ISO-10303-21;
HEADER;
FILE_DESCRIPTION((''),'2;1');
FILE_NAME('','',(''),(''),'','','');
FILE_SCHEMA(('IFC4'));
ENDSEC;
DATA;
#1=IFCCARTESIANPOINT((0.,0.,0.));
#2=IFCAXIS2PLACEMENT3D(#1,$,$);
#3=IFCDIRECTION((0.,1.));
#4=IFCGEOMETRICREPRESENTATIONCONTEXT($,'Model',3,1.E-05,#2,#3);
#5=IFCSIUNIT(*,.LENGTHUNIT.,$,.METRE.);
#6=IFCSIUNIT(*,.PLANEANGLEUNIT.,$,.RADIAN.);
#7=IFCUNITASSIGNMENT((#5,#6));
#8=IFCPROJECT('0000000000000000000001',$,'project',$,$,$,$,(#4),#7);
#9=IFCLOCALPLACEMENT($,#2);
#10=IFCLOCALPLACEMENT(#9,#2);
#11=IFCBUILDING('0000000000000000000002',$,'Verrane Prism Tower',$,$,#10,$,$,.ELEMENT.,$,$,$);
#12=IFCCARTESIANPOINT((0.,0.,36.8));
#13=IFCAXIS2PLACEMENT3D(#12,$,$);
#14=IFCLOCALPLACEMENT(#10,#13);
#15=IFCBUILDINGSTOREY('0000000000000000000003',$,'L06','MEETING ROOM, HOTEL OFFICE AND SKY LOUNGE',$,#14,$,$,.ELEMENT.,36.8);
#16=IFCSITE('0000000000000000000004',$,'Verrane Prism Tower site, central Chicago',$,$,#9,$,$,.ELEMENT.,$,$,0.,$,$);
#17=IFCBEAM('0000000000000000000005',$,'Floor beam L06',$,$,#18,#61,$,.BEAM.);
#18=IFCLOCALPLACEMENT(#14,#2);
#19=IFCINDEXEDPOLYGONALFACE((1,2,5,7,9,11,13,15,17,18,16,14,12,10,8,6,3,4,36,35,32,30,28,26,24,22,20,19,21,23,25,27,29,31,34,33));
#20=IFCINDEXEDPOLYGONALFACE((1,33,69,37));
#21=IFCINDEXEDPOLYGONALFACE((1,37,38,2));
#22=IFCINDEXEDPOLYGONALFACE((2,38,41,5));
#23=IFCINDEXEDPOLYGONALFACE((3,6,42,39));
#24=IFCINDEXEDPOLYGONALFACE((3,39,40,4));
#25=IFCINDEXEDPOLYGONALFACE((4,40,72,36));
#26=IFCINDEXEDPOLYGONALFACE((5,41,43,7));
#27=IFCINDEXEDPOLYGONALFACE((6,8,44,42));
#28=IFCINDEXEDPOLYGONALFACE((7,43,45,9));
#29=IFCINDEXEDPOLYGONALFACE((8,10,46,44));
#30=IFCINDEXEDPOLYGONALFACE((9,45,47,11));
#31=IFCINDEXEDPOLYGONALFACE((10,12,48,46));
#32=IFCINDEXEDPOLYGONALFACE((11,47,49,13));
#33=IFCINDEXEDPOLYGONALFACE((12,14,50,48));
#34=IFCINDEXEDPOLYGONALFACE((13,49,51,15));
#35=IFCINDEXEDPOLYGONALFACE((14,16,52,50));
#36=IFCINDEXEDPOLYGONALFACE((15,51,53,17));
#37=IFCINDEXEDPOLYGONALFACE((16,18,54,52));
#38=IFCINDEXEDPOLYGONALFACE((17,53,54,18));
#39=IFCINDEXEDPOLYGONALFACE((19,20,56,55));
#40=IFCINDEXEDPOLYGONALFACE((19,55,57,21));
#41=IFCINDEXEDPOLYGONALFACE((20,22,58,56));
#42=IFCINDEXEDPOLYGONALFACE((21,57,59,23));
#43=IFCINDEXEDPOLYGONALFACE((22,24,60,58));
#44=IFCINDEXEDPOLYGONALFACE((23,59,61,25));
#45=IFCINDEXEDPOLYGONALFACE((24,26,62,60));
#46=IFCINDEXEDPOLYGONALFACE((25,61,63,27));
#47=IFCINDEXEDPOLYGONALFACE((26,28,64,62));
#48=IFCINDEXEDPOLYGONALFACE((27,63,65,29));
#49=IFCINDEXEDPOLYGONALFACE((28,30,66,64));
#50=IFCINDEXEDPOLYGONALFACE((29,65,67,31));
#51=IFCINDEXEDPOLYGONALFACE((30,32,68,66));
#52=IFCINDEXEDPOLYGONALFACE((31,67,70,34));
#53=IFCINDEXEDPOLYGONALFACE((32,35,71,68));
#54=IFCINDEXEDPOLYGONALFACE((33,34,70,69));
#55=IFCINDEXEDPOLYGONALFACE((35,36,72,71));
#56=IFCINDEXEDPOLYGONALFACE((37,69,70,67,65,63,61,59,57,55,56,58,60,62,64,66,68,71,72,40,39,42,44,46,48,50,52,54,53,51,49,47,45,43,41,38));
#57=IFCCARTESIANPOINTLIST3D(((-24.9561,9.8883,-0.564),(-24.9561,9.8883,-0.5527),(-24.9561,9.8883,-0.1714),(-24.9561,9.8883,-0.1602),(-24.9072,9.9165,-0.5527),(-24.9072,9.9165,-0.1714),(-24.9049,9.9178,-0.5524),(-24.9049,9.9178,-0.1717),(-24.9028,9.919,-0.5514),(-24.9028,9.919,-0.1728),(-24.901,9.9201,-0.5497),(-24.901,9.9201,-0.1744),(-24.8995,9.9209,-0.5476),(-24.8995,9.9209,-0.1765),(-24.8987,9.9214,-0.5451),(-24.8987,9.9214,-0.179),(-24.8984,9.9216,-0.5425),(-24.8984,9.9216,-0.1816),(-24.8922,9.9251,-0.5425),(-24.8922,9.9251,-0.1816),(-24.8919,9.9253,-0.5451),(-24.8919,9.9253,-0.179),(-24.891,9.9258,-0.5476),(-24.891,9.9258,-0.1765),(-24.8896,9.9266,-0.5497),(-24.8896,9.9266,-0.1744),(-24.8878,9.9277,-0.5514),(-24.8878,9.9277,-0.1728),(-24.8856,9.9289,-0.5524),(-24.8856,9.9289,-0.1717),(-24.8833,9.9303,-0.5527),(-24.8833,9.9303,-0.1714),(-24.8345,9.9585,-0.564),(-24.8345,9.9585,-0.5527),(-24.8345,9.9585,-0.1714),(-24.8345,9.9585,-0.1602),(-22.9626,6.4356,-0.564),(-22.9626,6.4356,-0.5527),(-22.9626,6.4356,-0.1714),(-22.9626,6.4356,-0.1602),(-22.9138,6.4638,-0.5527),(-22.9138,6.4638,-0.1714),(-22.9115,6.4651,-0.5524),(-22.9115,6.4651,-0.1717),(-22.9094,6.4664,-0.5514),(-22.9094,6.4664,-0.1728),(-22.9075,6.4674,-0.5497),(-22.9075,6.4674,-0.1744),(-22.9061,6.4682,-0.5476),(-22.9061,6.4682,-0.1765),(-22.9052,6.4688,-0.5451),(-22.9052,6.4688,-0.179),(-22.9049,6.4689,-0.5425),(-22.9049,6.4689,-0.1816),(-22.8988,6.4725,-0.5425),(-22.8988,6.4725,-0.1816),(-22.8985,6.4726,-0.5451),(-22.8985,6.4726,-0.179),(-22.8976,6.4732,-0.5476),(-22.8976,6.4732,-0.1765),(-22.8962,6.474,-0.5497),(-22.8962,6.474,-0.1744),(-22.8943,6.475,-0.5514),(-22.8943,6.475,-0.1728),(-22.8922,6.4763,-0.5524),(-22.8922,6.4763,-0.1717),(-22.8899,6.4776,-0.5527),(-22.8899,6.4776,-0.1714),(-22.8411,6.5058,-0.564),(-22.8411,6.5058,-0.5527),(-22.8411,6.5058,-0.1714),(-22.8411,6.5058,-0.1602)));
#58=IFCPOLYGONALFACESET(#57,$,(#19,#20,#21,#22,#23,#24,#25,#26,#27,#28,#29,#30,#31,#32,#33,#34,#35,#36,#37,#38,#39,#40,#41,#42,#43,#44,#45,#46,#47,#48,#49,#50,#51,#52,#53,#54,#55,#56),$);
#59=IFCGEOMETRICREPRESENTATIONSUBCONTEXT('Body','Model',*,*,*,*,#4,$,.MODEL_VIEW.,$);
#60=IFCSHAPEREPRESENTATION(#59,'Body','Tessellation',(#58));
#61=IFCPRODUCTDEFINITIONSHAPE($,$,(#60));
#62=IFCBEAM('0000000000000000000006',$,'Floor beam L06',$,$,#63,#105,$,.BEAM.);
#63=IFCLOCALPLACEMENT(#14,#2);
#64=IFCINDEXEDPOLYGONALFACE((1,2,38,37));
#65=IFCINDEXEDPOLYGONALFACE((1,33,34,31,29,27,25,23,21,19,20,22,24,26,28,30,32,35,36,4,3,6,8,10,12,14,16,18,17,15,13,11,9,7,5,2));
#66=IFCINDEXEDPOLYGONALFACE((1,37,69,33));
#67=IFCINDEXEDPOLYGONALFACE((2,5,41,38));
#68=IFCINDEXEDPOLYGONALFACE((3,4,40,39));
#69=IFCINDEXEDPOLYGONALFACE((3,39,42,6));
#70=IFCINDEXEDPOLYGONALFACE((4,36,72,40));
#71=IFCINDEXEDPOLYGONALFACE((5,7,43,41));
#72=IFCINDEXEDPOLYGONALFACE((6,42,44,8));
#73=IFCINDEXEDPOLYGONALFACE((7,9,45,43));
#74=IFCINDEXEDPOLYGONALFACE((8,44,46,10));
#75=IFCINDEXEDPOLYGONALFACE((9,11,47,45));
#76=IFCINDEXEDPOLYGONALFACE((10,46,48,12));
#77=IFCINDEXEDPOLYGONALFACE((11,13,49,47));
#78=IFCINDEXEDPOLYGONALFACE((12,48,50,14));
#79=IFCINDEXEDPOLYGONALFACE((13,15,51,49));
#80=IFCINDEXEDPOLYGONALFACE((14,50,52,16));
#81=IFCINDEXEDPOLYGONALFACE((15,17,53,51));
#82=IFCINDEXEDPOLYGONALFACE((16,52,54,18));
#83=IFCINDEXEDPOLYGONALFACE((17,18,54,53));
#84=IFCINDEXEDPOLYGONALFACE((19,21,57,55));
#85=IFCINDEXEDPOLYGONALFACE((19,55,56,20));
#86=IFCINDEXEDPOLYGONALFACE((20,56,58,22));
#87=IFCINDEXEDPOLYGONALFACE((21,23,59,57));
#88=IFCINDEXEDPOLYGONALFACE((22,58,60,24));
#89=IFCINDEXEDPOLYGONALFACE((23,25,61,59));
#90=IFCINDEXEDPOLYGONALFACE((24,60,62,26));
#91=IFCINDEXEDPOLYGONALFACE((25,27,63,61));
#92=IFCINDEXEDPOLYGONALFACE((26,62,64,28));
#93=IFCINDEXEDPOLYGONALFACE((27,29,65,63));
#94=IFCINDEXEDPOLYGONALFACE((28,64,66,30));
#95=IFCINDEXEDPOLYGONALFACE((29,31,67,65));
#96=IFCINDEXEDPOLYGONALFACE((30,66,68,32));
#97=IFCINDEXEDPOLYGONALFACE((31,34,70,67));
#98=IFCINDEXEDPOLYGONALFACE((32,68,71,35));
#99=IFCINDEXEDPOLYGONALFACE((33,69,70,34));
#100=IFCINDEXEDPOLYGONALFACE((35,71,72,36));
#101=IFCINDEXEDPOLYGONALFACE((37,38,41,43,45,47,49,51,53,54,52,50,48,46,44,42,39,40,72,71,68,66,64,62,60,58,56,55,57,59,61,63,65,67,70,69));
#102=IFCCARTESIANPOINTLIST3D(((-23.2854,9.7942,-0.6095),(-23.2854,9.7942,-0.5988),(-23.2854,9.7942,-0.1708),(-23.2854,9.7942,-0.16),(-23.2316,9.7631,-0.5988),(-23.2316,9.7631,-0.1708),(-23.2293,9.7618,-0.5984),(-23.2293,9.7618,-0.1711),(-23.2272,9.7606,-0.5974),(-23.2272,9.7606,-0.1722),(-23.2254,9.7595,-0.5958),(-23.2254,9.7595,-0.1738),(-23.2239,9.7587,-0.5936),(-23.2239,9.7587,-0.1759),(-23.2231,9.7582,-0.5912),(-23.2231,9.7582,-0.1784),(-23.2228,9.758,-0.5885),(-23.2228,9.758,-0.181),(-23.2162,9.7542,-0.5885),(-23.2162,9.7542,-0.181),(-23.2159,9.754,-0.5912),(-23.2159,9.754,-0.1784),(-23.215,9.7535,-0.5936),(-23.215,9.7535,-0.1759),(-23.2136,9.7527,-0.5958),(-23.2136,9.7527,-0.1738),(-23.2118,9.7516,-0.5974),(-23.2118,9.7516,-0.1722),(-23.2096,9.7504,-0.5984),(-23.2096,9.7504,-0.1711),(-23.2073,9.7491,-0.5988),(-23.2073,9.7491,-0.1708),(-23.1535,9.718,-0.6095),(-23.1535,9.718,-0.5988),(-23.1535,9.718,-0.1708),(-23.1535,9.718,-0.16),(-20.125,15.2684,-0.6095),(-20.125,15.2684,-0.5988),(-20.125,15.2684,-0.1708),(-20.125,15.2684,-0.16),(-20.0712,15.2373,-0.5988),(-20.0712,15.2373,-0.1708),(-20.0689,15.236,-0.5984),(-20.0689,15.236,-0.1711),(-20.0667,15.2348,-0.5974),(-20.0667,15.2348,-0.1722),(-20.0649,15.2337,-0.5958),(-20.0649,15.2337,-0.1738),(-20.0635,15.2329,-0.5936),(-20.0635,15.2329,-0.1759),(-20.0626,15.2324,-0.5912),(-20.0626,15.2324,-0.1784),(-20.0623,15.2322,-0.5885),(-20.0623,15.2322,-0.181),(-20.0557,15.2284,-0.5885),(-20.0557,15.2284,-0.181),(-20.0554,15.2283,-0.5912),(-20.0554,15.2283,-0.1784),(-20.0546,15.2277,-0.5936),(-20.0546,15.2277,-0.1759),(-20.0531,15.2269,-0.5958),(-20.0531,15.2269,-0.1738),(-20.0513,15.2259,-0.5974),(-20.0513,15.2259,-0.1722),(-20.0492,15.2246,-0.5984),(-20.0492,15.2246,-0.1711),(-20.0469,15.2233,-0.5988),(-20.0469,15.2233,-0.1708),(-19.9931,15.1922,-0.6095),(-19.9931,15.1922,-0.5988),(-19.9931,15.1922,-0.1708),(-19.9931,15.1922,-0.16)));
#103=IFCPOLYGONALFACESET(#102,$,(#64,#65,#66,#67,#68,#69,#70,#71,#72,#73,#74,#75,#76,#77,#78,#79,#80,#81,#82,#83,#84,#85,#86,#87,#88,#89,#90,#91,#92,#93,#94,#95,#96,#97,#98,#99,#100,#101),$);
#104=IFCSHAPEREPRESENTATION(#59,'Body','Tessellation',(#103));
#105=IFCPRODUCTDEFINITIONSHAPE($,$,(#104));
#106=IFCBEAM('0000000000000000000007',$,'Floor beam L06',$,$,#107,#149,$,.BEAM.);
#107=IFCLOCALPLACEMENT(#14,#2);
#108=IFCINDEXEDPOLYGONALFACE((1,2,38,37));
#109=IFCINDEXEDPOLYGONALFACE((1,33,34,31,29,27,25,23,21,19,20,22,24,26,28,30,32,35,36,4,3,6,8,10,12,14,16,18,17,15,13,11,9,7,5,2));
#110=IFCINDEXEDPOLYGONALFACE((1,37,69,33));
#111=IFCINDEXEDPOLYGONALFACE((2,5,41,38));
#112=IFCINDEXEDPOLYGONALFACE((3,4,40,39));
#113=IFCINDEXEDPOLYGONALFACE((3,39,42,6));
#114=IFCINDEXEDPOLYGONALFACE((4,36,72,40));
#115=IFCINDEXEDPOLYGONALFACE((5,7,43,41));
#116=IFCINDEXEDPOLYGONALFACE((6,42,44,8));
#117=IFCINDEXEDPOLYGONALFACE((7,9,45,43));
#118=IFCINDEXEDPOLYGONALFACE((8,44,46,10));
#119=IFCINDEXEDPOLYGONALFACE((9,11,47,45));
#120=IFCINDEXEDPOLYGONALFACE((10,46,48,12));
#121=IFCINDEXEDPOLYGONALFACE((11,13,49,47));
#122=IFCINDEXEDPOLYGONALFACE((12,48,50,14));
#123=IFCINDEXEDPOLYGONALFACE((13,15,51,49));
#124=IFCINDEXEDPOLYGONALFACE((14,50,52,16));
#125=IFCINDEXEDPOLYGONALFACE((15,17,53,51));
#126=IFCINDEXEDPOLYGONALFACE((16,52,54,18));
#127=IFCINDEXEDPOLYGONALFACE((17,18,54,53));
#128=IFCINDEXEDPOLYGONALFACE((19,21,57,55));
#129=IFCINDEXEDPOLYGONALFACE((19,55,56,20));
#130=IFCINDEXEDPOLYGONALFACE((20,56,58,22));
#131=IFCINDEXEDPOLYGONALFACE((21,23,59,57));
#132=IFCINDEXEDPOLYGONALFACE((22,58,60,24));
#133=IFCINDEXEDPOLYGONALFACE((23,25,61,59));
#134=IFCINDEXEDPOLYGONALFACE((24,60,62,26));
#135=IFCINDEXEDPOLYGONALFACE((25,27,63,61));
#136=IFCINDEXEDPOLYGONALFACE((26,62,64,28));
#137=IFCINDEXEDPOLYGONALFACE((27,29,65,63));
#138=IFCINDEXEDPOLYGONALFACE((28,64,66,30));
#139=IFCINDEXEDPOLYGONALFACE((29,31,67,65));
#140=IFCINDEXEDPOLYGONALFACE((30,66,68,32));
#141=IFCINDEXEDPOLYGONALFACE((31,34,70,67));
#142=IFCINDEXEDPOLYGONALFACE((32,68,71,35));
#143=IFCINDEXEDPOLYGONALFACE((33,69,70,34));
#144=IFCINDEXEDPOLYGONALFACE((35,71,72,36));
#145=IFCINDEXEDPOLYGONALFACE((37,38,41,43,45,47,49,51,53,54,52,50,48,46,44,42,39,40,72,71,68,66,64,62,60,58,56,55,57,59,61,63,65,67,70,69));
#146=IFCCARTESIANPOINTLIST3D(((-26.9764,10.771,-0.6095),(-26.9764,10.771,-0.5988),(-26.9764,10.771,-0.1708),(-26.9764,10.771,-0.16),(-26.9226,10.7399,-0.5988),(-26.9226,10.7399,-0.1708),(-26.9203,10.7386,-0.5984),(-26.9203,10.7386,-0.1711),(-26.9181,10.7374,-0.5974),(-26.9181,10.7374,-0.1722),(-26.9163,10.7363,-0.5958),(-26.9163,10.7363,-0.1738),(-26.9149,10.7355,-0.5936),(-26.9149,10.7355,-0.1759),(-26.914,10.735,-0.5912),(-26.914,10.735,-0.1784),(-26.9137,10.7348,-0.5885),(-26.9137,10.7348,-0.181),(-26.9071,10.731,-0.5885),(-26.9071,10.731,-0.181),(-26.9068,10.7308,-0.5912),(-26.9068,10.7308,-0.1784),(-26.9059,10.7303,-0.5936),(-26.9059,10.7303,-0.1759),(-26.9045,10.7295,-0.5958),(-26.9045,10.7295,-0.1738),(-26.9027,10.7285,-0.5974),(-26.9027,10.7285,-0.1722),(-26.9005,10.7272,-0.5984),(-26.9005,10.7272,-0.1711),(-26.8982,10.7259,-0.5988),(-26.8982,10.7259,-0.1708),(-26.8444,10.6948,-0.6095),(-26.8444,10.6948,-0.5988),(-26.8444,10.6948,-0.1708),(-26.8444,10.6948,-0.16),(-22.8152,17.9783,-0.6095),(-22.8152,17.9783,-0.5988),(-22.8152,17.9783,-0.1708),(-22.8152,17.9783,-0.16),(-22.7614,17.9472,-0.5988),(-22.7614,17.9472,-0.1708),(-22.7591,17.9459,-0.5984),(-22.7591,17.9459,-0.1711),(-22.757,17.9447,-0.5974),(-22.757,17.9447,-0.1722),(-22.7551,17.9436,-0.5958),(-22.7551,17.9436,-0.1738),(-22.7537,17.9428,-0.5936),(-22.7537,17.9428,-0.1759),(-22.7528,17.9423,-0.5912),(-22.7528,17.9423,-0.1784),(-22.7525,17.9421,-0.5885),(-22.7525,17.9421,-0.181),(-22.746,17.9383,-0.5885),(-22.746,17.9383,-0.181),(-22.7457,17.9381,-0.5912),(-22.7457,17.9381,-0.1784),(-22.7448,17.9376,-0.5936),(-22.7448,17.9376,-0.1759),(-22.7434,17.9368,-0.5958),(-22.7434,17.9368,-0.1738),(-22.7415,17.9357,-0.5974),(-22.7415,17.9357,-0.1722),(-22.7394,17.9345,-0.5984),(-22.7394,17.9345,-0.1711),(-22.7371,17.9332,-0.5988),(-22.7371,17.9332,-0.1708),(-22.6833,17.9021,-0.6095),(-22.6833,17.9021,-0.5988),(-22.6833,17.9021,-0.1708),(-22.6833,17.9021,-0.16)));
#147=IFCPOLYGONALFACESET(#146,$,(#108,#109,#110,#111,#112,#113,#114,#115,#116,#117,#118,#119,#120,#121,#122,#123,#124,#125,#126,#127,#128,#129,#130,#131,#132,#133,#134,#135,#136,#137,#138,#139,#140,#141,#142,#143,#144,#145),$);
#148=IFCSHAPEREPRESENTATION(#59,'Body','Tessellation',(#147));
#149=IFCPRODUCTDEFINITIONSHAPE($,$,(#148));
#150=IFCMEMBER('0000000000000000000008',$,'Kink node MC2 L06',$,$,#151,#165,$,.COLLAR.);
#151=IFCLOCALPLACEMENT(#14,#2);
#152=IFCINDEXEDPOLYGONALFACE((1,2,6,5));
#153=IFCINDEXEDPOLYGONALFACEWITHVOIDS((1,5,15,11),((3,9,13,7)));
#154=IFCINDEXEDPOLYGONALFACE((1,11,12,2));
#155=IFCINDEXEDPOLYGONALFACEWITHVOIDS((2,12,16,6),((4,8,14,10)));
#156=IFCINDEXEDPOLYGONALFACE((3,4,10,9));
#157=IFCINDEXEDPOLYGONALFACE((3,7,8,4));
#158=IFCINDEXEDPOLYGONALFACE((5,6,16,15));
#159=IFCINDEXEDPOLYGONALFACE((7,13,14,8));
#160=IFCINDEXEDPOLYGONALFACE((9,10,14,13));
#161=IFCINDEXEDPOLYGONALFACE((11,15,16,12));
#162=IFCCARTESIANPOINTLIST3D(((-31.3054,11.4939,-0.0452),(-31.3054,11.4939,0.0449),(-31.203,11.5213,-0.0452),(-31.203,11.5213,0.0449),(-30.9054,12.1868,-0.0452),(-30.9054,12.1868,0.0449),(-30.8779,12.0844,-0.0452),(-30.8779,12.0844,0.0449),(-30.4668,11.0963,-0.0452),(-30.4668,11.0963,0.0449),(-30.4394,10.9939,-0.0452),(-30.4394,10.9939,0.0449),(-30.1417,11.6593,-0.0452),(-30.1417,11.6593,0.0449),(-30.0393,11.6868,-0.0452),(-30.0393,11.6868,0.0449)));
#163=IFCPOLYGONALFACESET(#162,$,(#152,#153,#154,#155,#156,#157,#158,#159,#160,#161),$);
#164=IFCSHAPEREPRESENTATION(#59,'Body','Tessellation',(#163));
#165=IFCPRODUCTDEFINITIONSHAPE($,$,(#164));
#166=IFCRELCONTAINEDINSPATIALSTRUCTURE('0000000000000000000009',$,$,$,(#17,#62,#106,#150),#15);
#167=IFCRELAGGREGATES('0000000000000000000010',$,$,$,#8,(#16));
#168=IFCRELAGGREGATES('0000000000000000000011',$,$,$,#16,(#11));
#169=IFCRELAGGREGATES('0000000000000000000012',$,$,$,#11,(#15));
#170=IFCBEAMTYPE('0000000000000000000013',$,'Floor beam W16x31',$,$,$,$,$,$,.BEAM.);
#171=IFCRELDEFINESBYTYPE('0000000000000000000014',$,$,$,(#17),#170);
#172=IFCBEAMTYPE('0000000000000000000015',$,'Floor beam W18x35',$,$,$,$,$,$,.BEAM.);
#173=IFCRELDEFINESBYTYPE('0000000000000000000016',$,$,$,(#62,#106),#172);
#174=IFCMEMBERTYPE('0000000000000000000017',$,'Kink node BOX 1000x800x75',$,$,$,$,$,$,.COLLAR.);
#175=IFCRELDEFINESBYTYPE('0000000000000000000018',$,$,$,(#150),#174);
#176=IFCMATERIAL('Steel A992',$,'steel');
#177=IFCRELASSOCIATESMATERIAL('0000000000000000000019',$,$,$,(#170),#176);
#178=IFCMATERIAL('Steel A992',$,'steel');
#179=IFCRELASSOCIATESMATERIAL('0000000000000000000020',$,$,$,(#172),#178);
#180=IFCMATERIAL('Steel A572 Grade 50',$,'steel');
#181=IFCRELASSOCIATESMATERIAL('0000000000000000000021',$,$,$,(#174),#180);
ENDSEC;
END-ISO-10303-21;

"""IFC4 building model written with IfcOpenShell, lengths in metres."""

from ifc_helpers import new_model, si_unit, direction, frame, origin, origin_2d, place, context, subcontext, project, spatial, hollow_rectangle, i_section, extrude, material, material_profile, profile_set, type_object, element, save


model = new_model("IFC4")

# Units and contexts
model_context = context("Model", 3, precision=1e-05, world=origin(), true_north=direction((0.0, 1.0)))
body_context = subcontext(model_context, "Body", "Model", "MODEL_VIEW")
ifc_project = project(units=[si_unit("LENGTHUNIT", "METRE"), si_unit("PLANEANGLEUNIT", "RADIAN")], contexts=[model_context])

# Site, building, storey
site_placement = place(None, origin())
site = spatial("IfcSite", under=ifc_project, at=site_placement, Name="Verrane Prism Tower site, central Chicago", CompositionType="ELEMENT", RefElevation=0.0)
building_placement = place(site_placement, origin())
building = spatial("IfcBuilding", under=site, at=building_placement, Name="Verrane Prism Tower", CompositionType="ELEMENT")
storey_placement = place(building_placement, frame((0.0, 0.0, 36.8)))
storey = spatial("IfcBuildingStorey", under=building, at=storey_placement, Name="L06", Description="MEETING ROOM, HOTEL OFFICE AND SKY LOUNGE", CompositionType="ELEMENT", Elevation=36.8)

# Beams
ifc_material_1 = material(Name="Steel A992", Category="steel")
ifc_material_profile_1 = material_profile(ifc_material_1, i_section(OverallWidth=0.1404, OverallDepth=0.4038, WebThickness=0.0071, FlangeThickness=0.0112, FilletRadius=0.0103, at=origin_2d()), Name="W16x31")
ifc_profile_set_1 = profile_set([ifc_material_profile_1], Name="Steel A992")
beam_type_1 = type_object("IfcBeamType", Name="Floor beam W16x31", PredefinedType="BEAM", material=ifc_profile_set_1)
beam_1_placement = place(storey_placement, frame((-22.9019, 6.4707, -0.3621), z_axis=(-0.500005, 0.866022, 0.0), x_axis=(-0.866022, -0.500005, 0.0)))
element("IfcBeam", 1, at=beam_1_placement, inside=storey, type_object=beam_type_1, Name="Floor beam L06", PredefinedType="BEAM", context=body_context, shape_type="SweptSolid", body=[
    extrude(i_section(OverallWidth=0.1404, OverallDepth=0.4038, WebThickness=0.0071, FlangeThickness=0.0112, FilletRadius=0.0103, at=origin_2d()), origin(), (0.0, 0.0, 1.0), 3.9868),
])
ifc_material_2 = material(Name="Steel A992", Category="steel")
ifc_material_profile_2 = material_profile(ifc_material_2, i_section(OverallWidth=0.1523, OverallDepth=0.4495, WebThickness=0.0076, FlangeThickness=0.0107, FilletRadius=0.0103, at=origin_2d()), Name="W18x35")
ifc_profile_set_2 = profile_set([ifc_material_profile_2], Name="Steel A992")
beam_type_2 = type_object("IfcBeamType", Name="Floor beam W18x35", PredefinedType="BEAM", material=ifc_profile_set_2)
beam_2_placement = place(storey_placement, frame((-23.2195, 9.7561, -0.3848), z_axis=(0.49999, 0.866031, 0.0), x_axis=(-0.866031, 0.49999, 0.0)))
element("IfcBeam", 2, at=beam_2_placement, inside=storey, type_object=beam_type_2, Name="Floor beam L06", PredefinedType="BEAM", context=body_context, shape_type="SweptSolid", body=[
    extrude(i_section(OverallWidth=0.1523, OverallDepth=0.4495, WebThickness=0.0076, FlangeThickness=0.0107, FilletRadius=0.0103, at=origin_2d()), origin(), (0.0, 0.0, 1.0), 6.321),
])
beam_3_placement = place(storey_placement, frame((-26.9104, 10.7329, -0.3848), z_axis=(0.500001, 0.866025, 0.0), x_axis=(-0.866025, 0.500001, 0.0)))
element("IfcBeam", 3, at=beam_3_placement, inside=storey, type_object=beam_type_2, Name="Floor beam L06", PredefinedType="BEAM", context=body_context, shape_type="SweptSolid", body=[
    extrude(i_section(OverallWidth=0.1523, OverallDepth=0.4495, WebThickness=0.0076, FlangeThickness=0.0107, FilletRadius=0.0103, at=origin_2d()), origin(), (0.0, 0.0, 1.0), 8.3223),
])

# Member
ifc_material_3 = material(Name="Steel A572 Grade 50", Category="steel")
ifc_material_profile_3 = material_profile(ifc_material_3, hollow_rectangle(XDim=0.8, YDim=1.0, WallThickness=0.075, at=origin_2d()), Name="BOX 1000x800x75")
ifc_profile_set_3 = profile_set([ifc_material_profile_3], Name="Steel A572 Grade 50")
member_type_1 = type_object("IfcMemberType", Name="Kink node BOX 1000x800x75", PredefinedType="COLLAR", material=ifc_profile_set_3)
member_1_placement = place(storey_placement, frame((-30.6724, 11.5903, -0.0452), z_axis=(0.0, 0.0, 1.0), x_axis=(0.5, 0.866025, 0.0)))
element("IfcMember", 4, at=member_1_placement, inside=storey, type_object=member_type_1, Name="Kink node MC2 L06", PredefinedType="COLLAR", context=body_context, shape_type="SweptSolid", body=[
    extrude(hollow_rectangle(XDim=0.8, YDim=1.0, WallThickness=0.075, at=origin_2d()), origin(), (0.0, 0.0, 1.0), 0.0901),
])

save(model, "model.ifc")
